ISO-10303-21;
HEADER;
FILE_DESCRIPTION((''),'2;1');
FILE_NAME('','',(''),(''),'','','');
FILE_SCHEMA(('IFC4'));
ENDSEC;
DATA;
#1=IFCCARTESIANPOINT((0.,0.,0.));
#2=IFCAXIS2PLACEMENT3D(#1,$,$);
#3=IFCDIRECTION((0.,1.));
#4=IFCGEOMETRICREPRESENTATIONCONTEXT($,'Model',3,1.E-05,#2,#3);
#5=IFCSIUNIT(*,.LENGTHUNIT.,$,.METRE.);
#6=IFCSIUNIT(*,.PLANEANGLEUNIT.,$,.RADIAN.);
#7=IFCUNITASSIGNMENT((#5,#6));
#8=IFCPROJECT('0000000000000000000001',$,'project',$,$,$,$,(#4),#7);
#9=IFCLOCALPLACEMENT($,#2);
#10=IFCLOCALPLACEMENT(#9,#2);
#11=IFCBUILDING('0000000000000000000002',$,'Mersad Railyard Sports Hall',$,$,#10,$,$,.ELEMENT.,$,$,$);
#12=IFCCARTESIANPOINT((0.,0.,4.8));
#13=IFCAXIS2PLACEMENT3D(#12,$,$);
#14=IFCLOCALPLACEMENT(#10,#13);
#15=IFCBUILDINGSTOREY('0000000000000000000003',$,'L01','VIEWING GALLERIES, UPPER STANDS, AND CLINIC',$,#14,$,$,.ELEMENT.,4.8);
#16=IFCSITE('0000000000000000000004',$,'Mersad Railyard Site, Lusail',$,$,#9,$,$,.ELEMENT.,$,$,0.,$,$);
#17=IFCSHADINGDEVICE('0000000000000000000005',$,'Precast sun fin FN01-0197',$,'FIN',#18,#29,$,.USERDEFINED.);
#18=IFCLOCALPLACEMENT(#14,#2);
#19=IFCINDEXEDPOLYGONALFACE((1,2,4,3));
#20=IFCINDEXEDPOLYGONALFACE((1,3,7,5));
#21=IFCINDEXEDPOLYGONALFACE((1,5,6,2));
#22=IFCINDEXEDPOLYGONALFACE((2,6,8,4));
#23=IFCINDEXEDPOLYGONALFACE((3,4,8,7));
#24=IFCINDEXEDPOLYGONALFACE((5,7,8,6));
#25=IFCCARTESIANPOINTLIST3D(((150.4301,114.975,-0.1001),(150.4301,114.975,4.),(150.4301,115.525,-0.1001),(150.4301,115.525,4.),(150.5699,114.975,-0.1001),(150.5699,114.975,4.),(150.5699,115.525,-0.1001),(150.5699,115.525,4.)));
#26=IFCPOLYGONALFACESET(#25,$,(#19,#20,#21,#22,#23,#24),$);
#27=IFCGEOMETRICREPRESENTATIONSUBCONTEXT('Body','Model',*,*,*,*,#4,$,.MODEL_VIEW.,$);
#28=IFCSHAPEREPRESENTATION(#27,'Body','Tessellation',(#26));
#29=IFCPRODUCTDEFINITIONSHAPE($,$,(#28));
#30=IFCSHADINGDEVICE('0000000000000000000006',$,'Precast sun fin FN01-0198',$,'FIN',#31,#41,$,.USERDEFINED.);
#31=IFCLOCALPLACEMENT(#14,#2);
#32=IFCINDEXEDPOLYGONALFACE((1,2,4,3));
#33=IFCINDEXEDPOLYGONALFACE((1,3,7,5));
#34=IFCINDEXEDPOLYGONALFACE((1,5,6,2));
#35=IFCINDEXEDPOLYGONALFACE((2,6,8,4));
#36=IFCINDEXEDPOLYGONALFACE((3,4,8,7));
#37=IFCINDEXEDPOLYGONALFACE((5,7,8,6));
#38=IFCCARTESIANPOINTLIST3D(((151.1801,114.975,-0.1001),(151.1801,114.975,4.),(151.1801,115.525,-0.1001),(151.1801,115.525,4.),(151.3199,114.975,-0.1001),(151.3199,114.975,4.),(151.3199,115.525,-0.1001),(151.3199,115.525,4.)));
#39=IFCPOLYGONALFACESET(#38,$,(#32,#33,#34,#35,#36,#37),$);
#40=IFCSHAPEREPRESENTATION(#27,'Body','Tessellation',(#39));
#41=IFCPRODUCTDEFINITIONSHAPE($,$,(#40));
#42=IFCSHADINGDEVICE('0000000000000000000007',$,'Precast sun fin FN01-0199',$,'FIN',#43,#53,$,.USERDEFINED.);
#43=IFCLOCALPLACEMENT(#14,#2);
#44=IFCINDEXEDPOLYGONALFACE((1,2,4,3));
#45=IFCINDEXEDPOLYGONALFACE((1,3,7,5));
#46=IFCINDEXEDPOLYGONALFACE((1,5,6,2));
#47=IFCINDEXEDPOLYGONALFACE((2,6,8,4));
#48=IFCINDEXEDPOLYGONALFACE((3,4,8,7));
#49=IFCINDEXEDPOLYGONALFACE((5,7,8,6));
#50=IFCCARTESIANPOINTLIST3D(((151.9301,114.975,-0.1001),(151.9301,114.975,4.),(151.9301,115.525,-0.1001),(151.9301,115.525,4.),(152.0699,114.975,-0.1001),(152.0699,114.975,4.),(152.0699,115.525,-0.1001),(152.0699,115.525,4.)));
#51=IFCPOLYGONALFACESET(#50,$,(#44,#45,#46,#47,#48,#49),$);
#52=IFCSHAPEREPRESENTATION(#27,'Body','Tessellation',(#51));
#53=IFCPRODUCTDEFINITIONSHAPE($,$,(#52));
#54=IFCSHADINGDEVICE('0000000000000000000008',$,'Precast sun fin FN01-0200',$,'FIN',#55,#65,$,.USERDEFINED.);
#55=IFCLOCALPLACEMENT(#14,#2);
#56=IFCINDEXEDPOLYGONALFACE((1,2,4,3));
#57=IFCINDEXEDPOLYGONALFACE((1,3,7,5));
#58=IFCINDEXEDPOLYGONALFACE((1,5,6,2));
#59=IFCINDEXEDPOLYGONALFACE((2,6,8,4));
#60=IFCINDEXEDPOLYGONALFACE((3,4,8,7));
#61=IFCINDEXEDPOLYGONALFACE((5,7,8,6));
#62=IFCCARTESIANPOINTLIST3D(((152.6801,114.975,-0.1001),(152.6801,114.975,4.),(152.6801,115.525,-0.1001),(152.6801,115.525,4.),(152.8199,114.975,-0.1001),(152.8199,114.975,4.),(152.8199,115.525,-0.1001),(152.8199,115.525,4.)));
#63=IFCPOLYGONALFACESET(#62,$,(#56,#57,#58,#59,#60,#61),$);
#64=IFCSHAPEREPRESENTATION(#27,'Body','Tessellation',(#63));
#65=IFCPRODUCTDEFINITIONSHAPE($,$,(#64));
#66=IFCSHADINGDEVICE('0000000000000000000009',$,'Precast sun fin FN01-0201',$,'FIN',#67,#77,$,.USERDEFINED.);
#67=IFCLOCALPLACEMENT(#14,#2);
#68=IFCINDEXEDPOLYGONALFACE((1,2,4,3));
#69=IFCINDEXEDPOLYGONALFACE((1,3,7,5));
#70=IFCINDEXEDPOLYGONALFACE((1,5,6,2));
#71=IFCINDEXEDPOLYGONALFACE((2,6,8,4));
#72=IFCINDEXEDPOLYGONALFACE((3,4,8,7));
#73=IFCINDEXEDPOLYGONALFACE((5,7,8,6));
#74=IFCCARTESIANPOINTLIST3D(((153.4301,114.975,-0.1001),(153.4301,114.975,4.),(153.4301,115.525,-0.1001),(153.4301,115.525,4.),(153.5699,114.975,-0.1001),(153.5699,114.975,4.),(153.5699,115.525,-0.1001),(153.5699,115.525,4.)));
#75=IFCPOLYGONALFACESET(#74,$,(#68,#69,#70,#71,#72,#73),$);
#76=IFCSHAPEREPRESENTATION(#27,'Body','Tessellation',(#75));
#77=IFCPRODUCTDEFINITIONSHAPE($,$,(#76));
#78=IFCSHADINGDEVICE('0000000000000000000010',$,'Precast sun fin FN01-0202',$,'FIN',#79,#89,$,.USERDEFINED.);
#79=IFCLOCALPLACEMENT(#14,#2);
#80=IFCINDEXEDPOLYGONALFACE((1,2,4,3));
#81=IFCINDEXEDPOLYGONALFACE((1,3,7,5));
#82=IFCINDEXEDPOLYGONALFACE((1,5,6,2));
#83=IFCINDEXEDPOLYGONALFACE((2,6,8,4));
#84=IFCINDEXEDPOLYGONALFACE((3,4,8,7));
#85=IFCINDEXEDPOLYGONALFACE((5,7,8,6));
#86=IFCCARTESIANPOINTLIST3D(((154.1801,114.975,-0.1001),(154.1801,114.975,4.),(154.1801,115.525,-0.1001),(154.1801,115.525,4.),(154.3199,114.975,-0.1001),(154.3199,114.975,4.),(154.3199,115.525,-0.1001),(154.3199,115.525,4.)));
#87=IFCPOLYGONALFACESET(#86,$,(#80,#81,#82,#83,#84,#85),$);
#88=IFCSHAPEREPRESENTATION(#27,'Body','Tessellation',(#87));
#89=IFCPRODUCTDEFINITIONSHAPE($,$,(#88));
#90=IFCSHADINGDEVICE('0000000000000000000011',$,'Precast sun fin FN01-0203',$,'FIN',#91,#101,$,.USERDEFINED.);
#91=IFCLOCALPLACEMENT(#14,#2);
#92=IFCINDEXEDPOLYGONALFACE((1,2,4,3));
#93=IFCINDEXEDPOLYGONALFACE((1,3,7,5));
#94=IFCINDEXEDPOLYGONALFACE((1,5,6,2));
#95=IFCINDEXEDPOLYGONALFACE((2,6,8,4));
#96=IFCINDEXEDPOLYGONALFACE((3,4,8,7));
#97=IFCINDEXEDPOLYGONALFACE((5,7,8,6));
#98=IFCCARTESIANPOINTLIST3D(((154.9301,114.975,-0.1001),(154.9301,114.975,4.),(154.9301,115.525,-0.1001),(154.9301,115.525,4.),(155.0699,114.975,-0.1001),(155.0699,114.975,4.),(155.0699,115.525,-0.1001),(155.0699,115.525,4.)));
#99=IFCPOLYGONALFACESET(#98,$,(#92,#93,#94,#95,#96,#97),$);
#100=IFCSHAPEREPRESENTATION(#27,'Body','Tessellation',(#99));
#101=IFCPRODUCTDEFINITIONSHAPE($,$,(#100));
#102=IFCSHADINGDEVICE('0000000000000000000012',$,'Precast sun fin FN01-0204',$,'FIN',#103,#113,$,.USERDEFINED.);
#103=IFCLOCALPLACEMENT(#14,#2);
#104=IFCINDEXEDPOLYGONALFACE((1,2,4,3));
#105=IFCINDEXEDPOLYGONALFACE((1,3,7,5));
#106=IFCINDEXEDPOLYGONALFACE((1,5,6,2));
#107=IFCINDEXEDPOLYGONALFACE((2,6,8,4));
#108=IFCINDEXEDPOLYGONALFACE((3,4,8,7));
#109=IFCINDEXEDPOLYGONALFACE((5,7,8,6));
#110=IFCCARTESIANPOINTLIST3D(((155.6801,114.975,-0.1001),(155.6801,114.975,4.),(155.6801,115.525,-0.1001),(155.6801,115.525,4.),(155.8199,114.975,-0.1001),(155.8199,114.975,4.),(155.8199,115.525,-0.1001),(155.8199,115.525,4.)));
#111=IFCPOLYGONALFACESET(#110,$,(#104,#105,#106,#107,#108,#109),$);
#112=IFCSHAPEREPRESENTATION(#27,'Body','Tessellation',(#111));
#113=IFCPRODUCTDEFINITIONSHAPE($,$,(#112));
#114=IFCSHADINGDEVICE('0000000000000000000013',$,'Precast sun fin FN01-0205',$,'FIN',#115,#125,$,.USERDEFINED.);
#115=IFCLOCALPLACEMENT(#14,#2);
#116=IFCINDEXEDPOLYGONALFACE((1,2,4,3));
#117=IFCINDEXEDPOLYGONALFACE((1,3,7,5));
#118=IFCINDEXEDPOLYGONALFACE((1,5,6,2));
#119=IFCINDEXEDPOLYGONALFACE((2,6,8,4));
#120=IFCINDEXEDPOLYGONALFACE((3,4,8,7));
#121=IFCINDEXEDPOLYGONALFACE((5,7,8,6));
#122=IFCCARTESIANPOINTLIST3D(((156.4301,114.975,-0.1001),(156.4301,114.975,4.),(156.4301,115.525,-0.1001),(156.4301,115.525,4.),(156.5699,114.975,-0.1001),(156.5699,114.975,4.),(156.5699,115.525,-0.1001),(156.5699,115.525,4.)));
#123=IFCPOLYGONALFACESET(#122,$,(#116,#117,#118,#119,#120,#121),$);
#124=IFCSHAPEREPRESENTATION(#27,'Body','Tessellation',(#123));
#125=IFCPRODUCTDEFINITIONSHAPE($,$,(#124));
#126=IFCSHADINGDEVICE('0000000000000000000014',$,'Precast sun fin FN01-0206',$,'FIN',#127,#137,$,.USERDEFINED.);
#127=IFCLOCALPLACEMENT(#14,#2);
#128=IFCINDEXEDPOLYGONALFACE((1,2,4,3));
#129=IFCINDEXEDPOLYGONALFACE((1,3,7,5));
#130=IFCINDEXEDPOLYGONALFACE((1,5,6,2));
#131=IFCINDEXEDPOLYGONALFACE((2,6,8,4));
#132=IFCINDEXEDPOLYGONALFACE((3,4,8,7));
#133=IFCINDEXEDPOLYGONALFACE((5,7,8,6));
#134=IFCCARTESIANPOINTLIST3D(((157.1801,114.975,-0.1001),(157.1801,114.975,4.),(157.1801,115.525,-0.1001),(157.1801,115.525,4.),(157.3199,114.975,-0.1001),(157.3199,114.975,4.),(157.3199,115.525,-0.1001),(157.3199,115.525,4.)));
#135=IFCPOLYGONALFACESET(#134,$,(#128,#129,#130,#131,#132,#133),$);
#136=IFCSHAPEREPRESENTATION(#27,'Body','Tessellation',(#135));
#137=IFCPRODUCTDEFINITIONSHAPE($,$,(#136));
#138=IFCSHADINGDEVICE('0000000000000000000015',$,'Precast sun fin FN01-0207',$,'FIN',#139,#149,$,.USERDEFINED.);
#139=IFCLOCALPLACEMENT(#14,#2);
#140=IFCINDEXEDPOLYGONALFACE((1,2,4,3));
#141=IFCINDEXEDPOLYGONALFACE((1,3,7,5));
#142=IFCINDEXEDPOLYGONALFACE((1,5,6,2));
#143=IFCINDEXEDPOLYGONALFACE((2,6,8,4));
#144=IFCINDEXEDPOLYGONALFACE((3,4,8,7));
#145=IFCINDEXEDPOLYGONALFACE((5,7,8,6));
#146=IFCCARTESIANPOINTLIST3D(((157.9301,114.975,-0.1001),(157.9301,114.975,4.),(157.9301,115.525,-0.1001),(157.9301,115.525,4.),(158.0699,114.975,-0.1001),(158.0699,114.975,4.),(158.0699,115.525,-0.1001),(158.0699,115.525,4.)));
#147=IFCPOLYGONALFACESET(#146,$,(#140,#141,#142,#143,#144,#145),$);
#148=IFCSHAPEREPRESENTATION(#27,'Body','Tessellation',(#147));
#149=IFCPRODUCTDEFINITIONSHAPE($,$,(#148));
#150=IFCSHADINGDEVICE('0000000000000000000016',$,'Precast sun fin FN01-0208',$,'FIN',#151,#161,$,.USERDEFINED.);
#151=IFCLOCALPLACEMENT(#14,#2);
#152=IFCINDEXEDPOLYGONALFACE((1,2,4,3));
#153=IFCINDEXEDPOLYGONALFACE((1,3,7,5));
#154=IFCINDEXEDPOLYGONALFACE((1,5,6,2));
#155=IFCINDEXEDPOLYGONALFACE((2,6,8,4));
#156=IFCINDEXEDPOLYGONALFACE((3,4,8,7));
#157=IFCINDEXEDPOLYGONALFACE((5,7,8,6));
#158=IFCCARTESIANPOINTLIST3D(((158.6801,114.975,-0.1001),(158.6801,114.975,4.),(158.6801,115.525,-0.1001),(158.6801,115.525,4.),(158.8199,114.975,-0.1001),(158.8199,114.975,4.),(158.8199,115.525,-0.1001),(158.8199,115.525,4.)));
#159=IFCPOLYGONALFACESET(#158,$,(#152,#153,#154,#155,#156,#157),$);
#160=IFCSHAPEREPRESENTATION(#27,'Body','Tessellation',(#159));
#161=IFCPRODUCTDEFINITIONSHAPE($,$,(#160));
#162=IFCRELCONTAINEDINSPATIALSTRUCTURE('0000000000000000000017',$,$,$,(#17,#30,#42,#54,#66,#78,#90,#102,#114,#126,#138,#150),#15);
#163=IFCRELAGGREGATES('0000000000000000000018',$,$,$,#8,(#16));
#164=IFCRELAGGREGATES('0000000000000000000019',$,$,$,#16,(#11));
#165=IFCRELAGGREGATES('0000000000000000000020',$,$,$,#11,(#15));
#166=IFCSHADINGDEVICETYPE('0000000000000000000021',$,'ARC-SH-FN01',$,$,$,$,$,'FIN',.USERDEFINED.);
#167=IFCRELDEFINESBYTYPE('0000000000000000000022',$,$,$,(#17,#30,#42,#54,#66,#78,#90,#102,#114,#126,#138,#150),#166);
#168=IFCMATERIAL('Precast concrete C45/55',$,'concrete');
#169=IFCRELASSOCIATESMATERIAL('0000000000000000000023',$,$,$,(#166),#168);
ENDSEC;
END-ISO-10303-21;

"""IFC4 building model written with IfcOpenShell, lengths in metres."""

from ifc_helpers import new_model, si_unit, direction, frame, origin, origin_2d, place, context, subcontext, project, spatial, rectangle, extrude, material, type_object, element, save


model = new_model("IFC4")

# Units and contexts
model_context = context("Model", 3, precision=1e-05, world=origin(), true_north=direction((0.0, 1.0)))
body_context = subcontext(model_context, "Body", "Model", "MODEL_VIEW")
ifc_project = project(units=[si_unit("LENGTHUNIT", "METRE"), si_unit("PLANEANGLEUNIT", "RADIAN")], contexts=[model_context])

# Site, building, storey
site_placement = place(None, origin())
site = spatial("IfcSite", under=ifc_project, at=site_placement, Name="Mersad Railyard Site, Lusail", CompositionType="ELEMENT", RefElevation=0.0)
building_placement = place(site_placement, origin())
building = spatial("IfcBuilding", under=site, at=building_placement, Name="Mersad Railyard Sports Hall", CompositionType="ELEMENT")
storey_placement = place(building_placement, frame((0.0, 0.0, 4.8)))
storey = spatial("IfcBuildingStorey", under=building, at=storey_placement, Name="L01", Description="VIEWING GALLERIES, UPPER STANDS, AND CLINIC", CompositionType="ELEMENT", Elevation=4.8)

# Shading devices
ifc_material_1 = material(Name="Precast concrete C45/55", Category="concrete")
shading_device_type = type_object("IfcShadingDeviceType", Name="ARC-SH-FN01", ElementType="FIN", PredefinedType="USERDEFINED", material=ifc_material_1)
for number, where, z_axis, x_axis, name in (
    (1, (150.5, 115.25, -0.1001), (0.0, 0.0, 1.0), (1.0, 0.0, 0.0), "Precast sun fin FN01-0197"),
    (2, (151.25, 115.25, -0.1001), (0.0, 0.0, 1.0), (1.0, 0.0, 0.0), "Precast sun fin FN01-0198"),
    (3, (152.0, 115.25, -0.1001), (0.0, 0.0, 1.0), (1.0, 0.0, 0.0), "Precast sun fin FN01-0199"),
    (4, (152.75, 115.25, -0.1001), (0.0, 0.0, 1.0), (1.0, 0.0, 0.0), "Precast sun fin FN01-0200"),
    (5, (153.5, 115.25, -0.1001), (0.0, 0.0, 1.0), (1.0, 0.0, 0.0), "Precast sun fin FN01-0201"),
    (6, (154.25, 115.25, -0.1001), (0.0, 0.0, 1.0), (1.0, 0.0, 0.0), "Precast sun fin FN01-0202"),
    (7, (155.0, 115.25, -0.1001), (0.0, 0.0, 1.0), (1.0, 0.0, 0.0), "Precast sun fin FN01-0203"),
    (8, (155.75, 115.25, -0.1001), (0.0, 0.0, 1.0), (1.0, 0.0, 0.0), "Precast sun fin FN01-0204"),
    (9, (156.5, 115.25, -0.1001), (0.0, 0.0, 1.0), (1.0, 0.0, 0.0), "Precast sun fin FN01-0205"),
    (10, (157.25, 115.25, -0.1001), (0.0, 0.0, 1.0), (1.0, 0.0, 0.0), "Precast sun fin FN01-0206"),
    (11, (158.0, 115.25, -0.1001), (0.0, 0.0, 1.0), (1.0, 0.0, 0.0), "Precast sun fin FN01-0207"),
    (12, (158.75, 115.25, -0.1001), (0.0, 0.0, 1.0), (1.0, 0.0, 0.0), "Precast sun fin FN01-0208"),
):
    element("IfcShadingDevice", number, at=place(storey_placement, frame(where, z_axis=z_axis, x_axis=x_axis)), inside=storey, type_object=shading_device_type, Name=name, ObjectType="FIN", PredefinedType="USERDEFINED", context=body_context, shape_type="SweptSolid", body=[
        extrude(rectangle(XDim=0.1399, YDim=0.55, at=origin_2d()), origin(), (0.0, 0.0, 1.0), 4.1001),
    ])

save(model, "model.ifc")
